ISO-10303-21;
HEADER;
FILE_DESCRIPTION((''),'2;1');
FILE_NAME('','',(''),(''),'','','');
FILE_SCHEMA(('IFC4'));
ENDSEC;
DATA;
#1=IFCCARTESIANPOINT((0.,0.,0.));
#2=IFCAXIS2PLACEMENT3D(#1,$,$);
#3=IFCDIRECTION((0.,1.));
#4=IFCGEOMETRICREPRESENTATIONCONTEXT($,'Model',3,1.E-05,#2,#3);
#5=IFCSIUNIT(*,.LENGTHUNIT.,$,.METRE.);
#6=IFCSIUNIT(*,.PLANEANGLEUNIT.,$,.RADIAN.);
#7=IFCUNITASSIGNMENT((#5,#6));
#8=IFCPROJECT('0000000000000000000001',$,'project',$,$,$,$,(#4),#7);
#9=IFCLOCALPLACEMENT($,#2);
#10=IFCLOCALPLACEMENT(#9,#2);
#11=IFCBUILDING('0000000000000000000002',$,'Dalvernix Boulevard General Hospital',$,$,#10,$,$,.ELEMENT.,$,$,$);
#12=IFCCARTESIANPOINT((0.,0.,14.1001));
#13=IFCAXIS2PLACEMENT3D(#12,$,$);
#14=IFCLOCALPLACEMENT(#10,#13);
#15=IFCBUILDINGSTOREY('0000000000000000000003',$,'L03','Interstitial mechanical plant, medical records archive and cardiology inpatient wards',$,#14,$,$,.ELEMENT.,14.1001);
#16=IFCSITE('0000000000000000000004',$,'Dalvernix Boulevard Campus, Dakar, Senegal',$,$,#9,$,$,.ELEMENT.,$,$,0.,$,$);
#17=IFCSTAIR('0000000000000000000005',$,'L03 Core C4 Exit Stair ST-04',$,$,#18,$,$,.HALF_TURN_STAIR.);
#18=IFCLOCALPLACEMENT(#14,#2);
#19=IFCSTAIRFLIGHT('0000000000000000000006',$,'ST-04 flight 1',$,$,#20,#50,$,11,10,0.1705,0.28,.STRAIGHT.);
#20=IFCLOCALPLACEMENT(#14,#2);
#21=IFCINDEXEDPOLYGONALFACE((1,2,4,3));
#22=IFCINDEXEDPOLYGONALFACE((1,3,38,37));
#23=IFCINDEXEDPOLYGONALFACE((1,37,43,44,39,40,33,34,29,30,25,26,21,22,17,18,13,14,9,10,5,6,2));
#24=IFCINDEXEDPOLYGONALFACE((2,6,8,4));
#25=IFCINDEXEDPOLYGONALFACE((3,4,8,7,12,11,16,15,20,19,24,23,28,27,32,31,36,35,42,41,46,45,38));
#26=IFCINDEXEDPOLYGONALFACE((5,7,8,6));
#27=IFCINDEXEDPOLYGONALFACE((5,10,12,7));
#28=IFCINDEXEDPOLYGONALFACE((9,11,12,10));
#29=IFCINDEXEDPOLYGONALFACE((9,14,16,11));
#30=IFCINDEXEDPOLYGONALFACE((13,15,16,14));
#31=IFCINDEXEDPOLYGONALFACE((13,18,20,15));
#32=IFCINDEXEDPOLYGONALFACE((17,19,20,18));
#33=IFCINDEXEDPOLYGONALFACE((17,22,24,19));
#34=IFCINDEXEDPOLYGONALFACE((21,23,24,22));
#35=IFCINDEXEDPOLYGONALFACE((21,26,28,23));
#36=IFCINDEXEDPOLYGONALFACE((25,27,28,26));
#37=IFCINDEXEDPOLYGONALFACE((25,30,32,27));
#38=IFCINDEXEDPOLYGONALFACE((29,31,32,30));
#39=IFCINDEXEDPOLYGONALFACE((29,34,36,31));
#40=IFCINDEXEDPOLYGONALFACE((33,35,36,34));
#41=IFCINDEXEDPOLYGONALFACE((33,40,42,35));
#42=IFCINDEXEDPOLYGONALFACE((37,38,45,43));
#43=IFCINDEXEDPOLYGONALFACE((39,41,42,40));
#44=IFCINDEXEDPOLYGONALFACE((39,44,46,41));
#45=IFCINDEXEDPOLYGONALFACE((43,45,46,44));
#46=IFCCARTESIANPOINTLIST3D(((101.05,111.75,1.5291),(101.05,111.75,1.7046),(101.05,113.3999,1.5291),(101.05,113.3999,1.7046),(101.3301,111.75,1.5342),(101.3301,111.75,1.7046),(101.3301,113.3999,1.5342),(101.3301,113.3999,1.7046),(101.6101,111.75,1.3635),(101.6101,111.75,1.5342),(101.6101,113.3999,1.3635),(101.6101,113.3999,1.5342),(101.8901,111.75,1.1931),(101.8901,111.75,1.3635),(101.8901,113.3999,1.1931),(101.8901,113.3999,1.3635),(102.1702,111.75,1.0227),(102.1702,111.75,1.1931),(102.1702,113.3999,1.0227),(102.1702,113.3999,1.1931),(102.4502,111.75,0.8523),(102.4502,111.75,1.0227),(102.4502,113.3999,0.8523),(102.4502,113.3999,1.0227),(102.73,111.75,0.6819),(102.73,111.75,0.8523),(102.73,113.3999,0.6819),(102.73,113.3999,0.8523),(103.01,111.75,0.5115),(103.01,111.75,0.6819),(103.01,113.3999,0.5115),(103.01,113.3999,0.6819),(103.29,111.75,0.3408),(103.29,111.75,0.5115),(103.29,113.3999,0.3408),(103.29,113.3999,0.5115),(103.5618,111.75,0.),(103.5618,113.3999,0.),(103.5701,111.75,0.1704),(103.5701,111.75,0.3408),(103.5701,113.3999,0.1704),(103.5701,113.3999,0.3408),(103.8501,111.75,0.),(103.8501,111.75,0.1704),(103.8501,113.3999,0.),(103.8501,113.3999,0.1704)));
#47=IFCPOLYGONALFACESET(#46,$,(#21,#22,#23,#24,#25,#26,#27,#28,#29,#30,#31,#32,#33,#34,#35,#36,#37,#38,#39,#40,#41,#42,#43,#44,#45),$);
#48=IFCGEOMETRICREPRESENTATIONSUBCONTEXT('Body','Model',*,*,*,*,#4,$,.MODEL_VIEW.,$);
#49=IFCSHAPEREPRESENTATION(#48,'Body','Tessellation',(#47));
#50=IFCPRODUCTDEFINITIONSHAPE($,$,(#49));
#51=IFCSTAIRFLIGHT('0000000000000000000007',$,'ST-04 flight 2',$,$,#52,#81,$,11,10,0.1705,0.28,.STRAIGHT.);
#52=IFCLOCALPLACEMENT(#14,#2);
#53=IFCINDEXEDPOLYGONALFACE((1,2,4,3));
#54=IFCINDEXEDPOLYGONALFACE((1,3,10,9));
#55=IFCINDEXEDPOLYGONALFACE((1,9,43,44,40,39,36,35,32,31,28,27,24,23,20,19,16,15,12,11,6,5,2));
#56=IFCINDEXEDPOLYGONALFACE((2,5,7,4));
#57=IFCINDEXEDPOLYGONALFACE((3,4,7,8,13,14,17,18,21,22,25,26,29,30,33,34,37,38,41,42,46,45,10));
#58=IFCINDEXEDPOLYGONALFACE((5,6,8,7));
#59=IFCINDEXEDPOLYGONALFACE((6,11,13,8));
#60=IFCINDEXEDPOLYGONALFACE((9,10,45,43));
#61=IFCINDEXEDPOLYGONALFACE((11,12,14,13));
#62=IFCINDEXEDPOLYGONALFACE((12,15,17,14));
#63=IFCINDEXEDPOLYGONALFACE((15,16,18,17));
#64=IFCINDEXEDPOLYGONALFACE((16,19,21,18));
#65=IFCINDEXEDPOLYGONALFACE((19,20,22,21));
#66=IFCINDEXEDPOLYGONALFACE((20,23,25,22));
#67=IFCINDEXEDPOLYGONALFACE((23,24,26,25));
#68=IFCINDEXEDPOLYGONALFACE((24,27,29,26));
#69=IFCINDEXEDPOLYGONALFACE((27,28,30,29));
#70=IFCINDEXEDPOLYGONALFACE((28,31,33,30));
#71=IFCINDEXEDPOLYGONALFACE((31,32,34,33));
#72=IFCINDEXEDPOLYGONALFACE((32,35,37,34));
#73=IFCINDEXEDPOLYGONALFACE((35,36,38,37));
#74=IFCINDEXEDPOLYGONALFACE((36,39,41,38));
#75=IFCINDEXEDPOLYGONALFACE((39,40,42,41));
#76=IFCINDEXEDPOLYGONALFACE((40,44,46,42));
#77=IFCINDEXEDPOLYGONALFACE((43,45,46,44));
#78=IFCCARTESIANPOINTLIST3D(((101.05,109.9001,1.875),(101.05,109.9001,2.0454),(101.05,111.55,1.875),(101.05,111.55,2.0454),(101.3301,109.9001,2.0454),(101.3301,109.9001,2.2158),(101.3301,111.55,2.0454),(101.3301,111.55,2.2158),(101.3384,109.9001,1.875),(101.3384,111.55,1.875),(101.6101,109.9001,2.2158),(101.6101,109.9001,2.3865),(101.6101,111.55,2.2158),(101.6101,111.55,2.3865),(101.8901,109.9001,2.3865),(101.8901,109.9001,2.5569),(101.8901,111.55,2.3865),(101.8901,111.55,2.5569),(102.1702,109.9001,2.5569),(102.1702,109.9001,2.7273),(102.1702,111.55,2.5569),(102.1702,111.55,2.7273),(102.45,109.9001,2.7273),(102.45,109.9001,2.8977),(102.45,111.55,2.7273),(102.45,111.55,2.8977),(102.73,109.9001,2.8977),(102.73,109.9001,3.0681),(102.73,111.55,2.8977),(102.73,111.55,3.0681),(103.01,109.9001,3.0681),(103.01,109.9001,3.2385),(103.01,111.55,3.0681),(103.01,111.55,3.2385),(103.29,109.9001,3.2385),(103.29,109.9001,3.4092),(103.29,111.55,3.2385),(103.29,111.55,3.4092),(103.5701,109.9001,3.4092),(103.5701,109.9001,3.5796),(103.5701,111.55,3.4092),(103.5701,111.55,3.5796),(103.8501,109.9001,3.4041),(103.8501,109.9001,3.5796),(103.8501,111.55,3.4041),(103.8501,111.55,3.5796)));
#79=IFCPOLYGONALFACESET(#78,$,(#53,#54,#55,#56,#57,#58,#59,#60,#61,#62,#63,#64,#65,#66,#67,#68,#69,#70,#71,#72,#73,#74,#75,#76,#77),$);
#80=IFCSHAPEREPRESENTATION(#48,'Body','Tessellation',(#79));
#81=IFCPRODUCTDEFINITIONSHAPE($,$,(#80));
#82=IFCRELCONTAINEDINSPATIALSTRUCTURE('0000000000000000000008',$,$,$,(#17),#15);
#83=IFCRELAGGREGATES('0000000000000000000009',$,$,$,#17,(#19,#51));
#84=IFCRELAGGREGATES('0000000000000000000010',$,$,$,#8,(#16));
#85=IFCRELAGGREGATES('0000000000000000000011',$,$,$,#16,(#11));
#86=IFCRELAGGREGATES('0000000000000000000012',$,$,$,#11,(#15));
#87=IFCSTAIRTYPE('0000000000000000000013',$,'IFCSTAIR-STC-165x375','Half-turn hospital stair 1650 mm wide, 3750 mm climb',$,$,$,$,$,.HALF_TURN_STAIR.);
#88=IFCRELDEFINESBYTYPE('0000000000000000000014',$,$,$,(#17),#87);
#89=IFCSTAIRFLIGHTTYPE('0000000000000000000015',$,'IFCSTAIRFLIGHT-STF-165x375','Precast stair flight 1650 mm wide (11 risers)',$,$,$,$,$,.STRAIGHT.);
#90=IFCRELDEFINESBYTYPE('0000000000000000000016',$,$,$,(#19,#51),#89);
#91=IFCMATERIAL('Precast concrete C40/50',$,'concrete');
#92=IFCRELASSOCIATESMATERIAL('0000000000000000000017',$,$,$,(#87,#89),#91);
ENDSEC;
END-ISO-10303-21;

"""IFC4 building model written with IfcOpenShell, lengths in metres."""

from ifc_helpers import new_model, si_unit, direction, frame, origin, place, context, subcontext, project, spatial, polyline, outline, extrude, material, type_object, element, aggregate, save


model = new_model("IFC4")

# Units and contexts
model_context = context("Model", 3, precision=1e-05, world=origin(), true_north=direction((0.0, 1.0)))
body_context = subcontext(model_context, "Body", "Model", "MODEL_VIEW")
ifc_project = project(units=[si_unit("LENGTHUNIT", "METRE"), si_unit("PLANEANGLEUNIT", "RADIAN")], contexts=[model_context])

# Site, building, storey
site_placement = place(None, origin())
site = spatial("IfcSite", under=ifc_project, at=site_placement, Name="Dalvernix Boulevard Campus, Dakar, Senegal", CompositionType="ELEMENT", RefElevation=0.0)
building_placement = place(site_placement, origin())
building = spatial("IfcBuilding", under=site, at=building_placement, Name="Dalvernix Boulevard General Hospital", CompositionType="ELEMENT")
storey_placement = place(building_placement, frame((0.0, 0.0, 14.1001)))
storey = spatial("IfcBuildingStorey", under=building, at=storey_placement, Name="L03", Description="Interstitial mechanical plant, medical records archive and cardiology inpatient wards", CompositionType="ELEMENT", Elevation=14.1001)

# Stair, stair flights
ifc_material_1 = material(Name="Precast concrete C40/50", Category="concrete")
stair_type = type_object("IfcStairType", Name="IFCSTAIR-STC-165x375", Description="Half-turn hospital stair 1650 mm wide, 3750 mm climb", PredefinedType="HALF_TURN_STAIR", material=ifc_material_1)
stair_placement = place(storey_placement, origin())
stair = element("IfcStair", 1, at=stair_placement, inside=storey, type_object=stair_type, Name="L03 Core C4 Exit Stair ST-04", PredefinedType="HALF_TURN_STAIR")
stair_flight_type = type_object("IfcStairFlightType", Name="IFCSTAIRFLIGHT-STF-165x375", Description="Precast stair flight 1650 mm wide (11 risers)", PredefinedType="STRAIGHT", material=ifc_material_1)
stair_flight_1_placement = place(storey_placement, frame((103.8501, 112.575, 0.0), z_axis=(0.0, 0.0, 1.0), x_axis=(-1.0, 0.0, 0.0)))
stair_flight_1 = element("IfcStairFlight", 2, at=stair_flight_1_placement, type_object=stair_flight_type, Name="ST-04 flight 1", NumberOfRisers=11, NumberOfTreads=10, PredefinedType="STRAIGHT", RiserHeight=0.1705, TreadLength=0.28, context=body_context, shape_type="SweptSolid", body=[
    extrude(outline(polyline([(0.0, 0.0), (0.0, 0.1704), (0.28, 0.1704), (0.28, 0.3408), (0.5601, 0.3408), (0.5601, 0.5115), (0.8401, 0.5115), (0.8401, 0.6819), (1.1201, 0.6819), (1.1201, 0.8523), (1.3999, 0.8523), (1.3999, 1.0227), (1.6799, 1.0227), (1.6799, 1.1931), (1.96, 1.1931), (1.96, 1.3635), (2.24, 1.3635), (2.24, 1.5342), (2.52, 1.5342), (2.52, 1.7046), (2.8, 1.7046), (2.8, 1.875), (2.8, 1.5291), (0.2883, 0.0), (0.0, 0.0)])), frame((0.0, 0.825, 0.0), z_axis=(0.0, -1.0, 0.0), x_axis=(1.0, 0.0, 0.0)), (0.0, 0.0, 1.0), 1.6499),
])
stair_flight_2_placement = place(storey_placement, frame((101.05, 110.7251, 1.875), z_axis=(0.0, 0.0, 1.0), x_axis=(1.0, 0.0, 0.0)))
stair_flight_2 = element("IfcStairFlight", 3, at=stair_flight_2_placement, type_object=stair_flight_type, Name="ST-04 flight 2", NumberOfRisers=11, NumberOfTreads=10, PredefinedType="STRAIGHT", RiserHeight=0.1705, TreadLength=0.28, context=body_context, shape_type="SweptSolid", body=[
    extrude(outline(polyline([(0.0, 0.0), (0.0, 0.1704), (0.28, 0.1704), (0.28, 0.3408), (0.5601, 0.3408), (0.5601, 0.5115), (0.8401, 0.5115), (0.8401, 0.6819), (1.1201, 0.6819), (1.1201, 0.8523), (1.3999, 0.8523), (1.3999, 1.0227), (1.6799, 1.0227), (1.6799, 1.1931), (1.96, 1.1931), (1.96, 1.3635), (2.24, 1.3635), (2.24, 1.5342), (2.52, 1.5342), (2.52, 1.7046), (2.8, 1.7046), (2.8, 1.875), (2.8, 1.5291), (0.2883, 0.0), (0.0, 0.0)])), frame((0.0, 0.825, 0.0), z_axis=(0.0, -1.0, 0.0), x_axis=(1.0, 0.0, 0.0)), (0.0, 0.0, 1.0), 1.6499),
])
aggregate(stair, [stair_flight_1, stair_flight_2])

save(model, "model.ifc")
